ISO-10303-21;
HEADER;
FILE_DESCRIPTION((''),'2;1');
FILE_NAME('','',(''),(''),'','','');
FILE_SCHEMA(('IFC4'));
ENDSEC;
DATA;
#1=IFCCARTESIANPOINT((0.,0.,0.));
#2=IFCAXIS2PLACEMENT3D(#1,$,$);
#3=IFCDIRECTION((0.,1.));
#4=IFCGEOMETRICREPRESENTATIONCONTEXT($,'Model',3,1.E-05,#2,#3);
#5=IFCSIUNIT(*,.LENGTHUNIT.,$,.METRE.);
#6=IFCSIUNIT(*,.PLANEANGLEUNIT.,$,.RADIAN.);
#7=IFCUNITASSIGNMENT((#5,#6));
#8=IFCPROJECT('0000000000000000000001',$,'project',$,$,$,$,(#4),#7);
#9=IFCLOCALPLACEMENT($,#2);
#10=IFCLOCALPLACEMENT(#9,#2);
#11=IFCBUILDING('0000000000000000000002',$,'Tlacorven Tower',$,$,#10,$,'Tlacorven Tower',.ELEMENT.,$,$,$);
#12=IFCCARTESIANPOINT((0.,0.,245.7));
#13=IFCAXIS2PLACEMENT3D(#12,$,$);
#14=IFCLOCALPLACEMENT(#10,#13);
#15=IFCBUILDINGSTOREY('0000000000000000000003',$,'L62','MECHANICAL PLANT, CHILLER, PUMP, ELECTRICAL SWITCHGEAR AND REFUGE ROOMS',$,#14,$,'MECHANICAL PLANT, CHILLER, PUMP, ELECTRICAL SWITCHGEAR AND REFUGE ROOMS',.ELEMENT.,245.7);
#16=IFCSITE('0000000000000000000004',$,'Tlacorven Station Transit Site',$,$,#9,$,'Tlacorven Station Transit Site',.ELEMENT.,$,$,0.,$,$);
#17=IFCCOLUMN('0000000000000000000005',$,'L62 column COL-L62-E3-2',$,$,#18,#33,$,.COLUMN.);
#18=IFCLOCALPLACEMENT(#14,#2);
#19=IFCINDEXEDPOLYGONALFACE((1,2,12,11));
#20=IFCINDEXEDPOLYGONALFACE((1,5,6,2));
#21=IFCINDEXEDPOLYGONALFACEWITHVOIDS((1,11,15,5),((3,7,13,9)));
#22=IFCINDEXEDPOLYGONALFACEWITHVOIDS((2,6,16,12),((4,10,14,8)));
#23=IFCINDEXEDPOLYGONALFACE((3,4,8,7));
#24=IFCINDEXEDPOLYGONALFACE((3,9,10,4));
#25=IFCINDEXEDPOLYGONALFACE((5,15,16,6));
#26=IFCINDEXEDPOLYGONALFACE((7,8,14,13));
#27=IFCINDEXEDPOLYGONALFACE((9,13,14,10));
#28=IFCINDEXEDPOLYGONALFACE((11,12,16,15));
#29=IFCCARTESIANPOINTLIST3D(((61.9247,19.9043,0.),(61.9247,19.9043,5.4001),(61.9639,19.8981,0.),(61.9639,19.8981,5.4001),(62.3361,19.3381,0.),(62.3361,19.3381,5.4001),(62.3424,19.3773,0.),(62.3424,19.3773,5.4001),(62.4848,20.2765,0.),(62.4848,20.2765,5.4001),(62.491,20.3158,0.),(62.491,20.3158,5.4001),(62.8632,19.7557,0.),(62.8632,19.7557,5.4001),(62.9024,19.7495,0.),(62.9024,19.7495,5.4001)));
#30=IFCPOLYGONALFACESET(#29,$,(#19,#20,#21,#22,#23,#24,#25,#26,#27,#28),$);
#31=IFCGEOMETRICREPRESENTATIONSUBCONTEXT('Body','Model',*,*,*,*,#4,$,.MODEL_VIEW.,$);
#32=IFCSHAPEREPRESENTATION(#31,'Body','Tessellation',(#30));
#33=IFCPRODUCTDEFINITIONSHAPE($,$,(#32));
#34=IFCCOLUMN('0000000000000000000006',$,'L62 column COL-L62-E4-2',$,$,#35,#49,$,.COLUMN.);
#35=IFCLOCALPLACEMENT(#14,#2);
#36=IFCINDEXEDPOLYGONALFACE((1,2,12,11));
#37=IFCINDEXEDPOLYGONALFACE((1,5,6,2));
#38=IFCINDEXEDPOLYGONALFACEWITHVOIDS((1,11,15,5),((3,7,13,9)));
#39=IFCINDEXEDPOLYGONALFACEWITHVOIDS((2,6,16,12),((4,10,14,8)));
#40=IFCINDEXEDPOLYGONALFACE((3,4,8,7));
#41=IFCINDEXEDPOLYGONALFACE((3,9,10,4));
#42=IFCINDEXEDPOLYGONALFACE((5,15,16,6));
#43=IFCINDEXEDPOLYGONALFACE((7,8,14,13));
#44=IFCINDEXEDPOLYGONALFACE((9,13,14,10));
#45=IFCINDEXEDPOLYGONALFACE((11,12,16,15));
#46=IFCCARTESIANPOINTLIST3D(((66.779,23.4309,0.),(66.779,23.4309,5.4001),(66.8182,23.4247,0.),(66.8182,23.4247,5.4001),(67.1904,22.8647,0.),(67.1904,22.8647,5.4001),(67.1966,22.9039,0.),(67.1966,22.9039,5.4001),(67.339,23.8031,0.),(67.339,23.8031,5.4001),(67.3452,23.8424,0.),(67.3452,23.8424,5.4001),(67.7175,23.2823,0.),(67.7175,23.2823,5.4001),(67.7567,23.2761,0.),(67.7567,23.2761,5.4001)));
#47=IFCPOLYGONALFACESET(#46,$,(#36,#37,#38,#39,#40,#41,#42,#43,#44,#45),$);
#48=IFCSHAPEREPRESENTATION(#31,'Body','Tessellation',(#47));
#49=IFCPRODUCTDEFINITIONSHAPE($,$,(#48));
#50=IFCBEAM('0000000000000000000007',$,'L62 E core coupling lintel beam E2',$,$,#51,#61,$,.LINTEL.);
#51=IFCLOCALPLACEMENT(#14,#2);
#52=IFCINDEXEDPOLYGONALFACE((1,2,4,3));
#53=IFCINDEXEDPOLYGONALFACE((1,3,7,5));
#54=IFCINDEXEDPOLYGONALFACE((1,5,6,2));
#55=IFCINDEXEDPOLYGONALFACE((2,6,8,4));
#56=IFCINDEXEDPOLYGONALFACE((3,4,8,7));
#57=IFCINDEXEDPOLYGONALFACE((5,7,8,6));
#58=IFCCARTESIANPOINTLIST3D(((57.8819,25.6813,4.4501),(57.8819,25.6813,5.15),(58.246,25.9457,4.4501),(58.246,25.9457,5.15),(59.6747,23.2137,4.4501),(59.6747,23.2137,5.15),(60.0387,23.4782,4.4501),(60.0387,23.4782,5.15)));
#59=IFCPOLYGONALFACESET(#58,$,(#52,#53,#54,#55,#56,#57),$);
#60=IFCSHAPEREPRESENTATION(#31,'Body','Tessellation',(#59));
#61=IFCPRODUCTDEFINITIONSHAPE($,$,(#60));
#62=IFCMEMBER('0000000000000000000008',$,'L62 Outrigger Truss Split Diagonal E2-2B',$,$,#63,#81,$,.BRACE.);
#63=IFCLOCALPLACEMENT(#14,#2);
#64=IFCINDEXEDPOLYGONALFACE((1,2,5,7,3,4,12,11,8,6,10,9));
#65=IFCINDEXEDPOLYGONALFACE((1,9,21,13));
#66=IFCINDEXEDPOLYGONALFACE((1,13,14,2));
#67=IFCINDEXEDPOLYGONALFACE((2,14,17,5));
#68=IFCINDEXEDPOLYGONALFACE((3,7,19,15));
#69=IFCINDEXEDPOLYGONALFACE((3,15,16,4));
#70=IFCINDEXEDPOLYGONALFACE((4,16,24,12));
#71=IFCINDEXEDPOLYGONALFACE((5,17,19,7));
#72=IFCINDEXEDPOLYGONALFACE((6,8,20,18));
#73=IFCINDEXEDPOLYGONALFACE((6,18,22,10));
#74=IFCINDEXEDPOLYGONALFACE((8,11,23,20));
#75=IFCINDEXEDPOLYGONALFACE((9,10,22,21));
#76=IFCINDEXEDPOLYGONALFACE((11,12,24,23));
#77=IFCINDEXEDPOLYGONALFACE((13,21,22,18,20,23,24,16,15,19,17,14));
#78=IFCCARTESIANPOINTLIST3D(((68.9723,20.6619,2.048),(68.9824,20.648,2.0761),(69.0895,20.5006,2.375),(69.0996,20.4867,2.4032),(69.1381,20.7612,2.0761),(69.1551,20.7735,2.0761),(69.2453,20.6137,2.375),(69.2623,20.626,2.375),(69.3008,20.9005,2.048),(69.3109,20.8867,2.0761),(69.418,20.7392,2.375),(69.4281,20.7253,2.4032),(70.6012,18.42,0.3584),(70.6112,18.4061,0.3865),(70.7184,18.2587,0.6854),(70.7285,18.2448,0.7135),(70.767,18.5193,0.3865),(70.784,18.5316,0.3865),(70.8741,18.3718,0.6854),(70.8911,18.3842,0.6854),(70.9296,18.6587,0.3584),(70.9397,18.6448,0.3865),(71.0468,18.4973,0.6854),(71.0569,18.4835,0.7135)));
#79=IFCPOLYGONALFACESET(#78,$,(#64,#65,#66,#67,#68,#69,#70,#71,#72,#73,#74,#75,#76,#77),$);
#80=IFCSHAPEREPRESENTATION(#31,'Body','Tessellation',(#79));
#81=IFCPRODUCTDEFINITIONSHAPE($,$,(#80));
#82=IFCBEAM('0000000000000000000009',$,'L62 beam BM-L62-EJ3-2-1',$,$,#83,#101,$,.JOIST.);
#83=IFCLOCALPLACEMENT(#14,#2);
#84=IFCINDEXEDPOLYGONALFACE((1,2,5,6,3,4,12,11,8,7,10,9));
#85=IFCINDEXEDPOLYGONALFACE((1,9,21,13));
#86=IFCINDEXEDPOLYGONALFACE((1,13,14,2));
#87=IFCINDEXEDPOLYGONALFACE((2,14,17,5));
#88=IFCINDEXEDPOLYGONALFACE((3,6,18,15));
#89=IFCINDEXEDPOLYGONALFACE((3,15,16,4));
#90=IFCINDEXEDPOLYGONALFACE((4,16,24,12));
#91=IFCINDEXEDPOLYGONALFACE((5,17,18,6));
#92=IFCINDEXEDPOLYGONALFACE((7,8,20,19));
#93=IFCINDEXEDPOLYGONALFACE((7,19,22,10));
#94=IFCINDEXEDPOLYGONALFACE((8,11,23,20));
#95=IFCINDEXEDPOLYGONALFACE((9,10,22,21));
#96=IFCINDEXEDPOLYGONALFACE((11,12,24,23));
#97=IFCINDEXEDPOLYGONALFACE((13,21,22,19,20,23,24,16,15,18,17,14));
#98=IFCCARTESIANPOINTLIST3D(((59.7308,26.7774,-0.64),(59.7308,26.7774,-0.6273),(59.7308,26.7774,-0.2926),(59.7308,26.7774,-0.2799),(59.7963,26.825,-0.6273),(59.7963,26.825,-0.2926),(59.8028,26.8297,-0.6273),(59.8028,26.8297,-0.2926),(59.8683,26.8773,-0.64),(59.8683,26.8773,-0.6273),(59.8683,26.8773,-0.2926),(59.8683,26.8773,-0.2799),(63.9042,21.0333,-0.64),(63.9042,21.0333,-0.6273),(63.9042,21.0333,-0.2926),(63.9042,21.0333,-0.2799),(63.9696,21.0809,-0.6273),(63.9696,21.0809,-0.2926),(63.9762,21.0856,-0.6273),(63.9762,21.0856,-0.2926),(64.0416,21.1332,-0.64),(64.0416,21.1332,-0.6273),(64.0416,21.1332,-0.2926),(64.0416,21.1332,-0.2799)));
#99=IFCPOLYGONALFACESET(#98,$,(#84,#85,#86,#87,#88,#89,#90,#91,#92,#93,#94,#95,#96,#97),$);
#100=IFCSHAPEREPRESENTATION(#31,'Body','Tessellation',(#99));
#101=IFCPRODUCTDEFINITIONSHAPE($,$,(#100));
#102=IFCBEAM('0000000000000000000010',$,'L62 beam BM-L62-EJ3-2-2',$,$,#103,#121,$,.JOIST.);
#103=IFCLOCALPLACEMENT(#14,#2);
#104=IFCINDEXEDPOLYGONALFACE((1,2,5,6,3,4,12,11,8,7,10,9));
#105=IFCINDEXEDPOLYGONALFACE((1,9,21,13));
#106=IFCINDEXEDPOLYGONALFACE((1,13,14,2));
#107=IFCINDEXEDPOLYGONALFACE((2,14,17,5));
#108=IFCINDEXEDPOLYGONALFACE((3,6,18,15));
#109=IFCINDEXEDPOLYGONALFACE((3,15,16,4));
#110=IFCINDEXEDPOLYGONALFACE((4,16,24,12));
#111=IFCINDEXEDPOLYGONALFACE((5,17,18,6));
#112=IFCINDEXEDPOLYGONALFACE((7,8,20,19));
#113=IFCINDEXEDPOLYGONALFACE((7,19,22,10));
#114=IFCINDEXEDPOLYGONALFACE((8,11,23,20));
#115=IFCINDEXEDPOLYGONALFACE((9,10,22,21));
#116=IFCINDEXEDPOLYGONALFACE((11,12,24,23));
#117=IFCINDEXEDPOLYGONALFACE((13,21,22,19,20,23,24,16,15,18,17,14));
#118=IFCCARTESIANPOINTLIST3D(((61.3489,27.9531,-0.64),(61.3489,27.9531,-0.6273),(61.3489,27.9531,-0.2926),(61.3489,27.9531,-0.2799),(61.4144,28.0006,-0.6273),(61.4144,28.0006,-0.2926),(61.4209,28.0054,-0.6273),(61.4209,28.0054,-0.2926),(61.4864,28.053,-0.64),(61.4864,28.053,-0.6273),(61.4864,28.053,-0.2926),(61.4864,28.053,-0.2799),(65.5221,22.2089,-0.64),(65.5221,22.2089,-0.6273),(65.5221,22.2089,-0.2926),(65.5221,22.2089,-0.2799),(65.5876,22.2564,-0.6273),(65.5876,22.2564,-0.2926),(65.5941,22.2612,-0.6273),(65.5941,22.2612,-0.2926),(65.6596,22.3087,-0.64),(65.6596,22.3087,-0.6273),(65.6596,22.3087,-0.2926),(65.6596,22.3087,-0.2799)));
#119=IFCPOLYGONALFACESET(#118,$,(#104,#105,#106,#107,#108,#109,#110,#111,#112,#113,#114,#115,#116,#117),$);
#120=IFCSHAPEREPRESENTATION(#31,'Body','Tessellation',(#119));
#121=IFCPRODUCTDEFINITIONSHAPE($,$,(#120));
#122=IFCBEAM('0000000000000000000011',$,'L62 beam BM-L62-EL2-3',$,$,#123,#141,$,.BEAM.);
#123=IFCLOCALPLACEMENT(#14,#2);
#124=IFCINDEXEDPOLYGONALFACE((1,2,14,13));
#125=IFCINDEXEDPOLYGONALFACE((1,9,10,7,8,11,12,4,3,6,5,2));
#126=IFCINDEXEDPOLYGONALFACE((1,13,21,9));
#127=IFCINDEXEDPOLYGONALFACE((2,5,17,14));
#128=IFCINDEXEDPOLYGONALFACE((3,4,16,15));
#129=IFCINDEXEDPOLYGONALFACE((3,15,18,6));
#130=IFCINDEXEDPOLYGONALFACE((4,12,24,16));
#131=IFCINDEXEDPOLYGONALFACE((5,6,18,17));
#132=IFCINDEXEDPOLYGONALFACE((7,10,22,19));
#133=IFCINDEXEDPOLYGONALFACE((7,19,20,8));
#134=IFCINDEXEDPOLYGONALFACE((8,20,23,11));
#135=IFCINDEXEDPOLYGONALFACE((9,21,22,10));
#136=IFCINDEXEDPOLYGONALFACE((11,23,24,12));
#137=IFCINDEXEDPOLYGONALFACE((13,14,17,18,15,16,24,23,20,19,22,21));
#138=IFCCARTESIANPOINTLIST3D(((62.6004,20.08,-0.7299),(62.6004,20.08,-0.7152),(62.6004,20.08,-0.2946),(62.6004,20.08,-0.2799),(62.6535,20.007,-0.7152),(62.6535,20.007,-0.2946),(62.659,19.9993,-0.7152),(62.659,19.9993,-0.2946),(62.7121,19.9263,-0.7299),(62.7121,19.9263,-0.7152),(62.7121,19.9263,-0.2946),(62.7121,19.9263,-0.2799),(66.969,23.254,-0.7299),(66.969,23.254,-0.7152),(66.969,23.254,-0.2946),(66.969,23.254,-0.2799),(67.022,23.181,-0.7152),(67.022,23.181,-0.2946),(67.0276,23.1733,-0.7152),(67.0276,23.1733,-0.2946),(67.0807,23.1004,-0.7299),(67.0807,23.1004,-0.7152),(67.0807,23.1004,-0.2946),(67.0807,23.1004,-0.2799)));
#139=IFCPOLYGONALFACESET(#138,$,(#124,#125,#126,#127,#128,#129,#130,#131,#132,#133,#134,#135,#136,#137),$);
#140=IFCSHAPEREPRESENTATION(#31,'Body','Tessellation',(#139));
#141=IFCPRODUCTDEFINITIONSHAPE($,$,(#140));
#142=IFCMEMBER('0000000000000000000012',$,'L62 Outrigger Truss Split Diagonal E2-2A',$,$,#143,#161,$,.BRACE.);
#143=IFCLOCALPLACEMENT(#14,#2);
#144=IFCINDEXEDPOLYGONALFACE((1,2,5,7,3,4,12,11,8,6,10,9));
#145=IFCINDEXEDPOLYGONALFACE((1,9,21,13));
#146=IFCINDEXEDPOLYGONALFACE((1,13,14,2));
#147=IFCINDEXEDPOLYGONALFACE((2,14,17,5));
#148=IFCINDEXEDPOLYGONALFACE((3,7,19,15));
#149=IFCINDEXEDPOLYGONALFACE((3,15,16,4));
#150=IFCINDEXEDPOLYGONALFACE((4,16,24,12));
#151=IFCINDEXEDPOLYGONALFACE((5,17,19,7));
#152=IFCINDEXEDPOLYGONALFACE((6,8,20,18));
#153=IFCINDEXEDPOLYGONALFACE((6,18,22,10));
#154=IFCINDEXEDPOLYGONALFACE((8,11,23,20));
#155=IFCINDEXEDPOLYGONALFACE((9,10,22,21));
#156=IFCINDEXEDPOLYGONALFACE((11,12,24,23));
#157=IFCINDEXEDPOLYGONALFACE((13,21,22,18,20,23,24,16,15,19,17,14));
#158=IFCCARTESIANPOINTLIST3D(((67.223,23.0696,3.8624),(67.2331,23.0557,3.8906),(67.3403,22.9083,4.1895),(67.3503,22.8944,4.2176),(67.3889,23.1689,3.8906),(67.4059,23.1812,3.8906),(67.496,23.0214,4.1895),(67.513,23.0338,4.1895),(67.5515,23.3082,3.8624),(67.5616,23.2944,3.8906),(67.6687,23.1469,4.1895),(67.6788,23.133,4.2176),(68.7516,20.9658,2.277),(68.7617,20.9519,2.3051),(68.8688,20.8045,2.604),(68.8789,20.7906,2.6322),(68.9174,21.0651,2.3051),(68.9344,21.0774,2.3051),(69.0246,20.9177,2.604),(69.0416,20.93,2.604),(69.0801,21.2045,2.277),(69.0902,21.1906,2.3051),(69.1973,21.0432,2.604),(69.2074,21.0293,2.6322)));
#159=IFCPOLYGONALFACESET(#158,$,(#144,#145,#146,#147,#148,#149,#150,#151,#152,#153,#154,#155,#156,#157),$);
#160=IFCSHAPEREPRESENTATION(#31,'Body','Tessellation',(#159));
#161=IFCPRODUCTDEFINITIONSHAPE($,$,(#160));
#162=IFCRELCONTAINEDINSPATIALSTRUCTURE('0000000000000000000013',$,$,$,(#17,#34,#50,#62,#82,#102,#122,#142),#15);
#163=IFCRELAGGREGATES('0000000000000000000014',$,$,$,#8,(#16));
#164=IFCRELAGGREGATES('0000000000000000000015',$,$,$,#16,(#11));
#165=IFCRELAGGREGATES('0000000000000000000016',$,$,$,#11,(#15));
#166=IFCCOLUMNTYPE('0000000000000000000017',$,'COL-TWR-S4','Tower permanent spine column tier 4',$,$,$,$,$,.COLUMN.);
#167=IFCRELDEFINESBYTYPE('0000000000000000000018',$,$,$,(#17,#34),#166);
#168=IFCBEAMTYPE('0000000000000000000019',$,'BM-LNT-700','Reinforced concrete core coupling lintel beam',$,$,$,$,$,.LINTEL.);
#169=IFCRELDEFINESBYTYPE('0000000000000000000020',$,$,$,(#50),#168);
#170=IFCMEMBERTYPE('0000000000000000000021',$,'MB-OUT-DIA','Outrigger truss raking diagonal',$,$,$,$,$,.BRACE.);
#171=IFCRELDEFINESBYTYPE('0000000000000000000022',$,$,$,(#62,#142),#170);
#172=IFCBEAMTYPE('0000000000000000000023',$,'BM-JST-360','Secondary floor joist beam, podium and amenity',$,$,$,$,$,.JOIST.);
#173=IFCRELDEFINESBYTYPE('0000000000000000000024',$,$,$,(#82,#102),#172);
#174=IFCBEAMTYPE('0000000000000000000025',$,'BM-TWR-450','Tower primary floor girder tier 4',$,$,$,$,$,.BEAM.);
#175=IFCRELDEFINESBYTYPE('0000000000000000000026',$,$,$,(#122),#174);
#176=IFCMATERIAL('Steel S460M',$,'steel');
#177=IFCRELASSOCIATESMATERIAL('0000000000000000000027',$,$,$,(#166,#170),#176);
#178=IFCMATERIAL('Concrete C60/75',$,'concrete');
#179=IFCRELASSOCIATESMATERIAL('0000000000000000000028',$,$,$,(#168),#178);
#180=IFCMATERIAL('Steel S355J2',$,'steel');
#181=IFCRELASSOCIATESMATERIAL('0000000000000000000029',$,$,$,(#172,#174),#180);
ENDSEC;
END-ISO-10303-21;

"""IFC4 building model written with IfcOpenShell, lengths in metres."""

from ifc_helpers import new_model, si_unit, direction, frame, origin, origin_2d, place, context, subcontext, project, spatial, rectangle, hollow_rectangle, i_section, extrude, source, transform, mapped, material, material_profile, profile_set, type_object, element, save


model = new_model("IFC4")

# Units and contexts
model_context = context("Model", 3, precision=1e-05, world=origin(), true_north=direction((0.0, 1.0)))
body_context = subcontext(model_context, "Body", "Model", "MODEL_VIEW")
ifc_project = project(units=[si_unit("LENGTHUNIT", "METRE"), si_unit("PLANEANGLEUNIT", "RADIAN")], contexts=[model_context])

# Site, building, storey
site_placement = place(None, origin())
site = spatial("IfcSite", under=ifc_project, at=site_placement, Name="Tlacorven Station Transit Site", LongName="Tlacorven Station Transit Site", CompositionType="ELEMENT", RefElevation=0.0)
building_placement = place(site_placement, origin())
building = spatial("IfcBuilding", under=site, at=building_placement, Name="Tlacorven Tower", LongName="Tlacorven Tower", CompositionType="ELEMENT")
storey_placement = place(building_placement, frame((0.0, 0.0, 245.7)))
storey = spatial("IfcBuildingStorey", under=building, at=storey_placement, Name="L62", Description="MECHANICAL PLANT, CHILLER, PUMP, ELECTRICAL SWITCHGEAR AND REFUGE ROOMS", LongName="MECHANICAL PLANT, CHILLER, PUMP, ELECTRICAL SWITCHGEAR AND REFUGE ROOMS", CompositionType="ELEMENT", Elevation=245.7)

# Columns
ifc_material_1 = material(Name="Steel S460M", Category="steel")
ifc_material_profile_1 = material_profile(ifc_material_1, hollow_rectangle(XDim=0.7, YDim=0.7, WallThickness=0.0281, at=origin_2d()), Name="BOX 700X700X28")
ifc_profile_set_1 = profile_set([ifc_material_profile_1], Name="Steel S460M")
column_type = type_object("IfcColumnType", Name="COL-TWR-S4", Description="Tower permanent spine column tier 4", PredefinedType="COLUMN", material=ifc_profile_set_1)
shared_shape_1 = source(origin(), body_context, "Body", "SweptSolid", [
    extrude(hollow_rectangle(XDim=0.7, YDim=0.7, WallThickness=0.0281, at=origin_2d()), origin(), (0.0, 0.0, 1.0), 5.4001),
])
for number, where, z_axis, x_axis, name in (
    (1, (62.4136, 19.8269, 0.0), (0.0, 0.0, 1.0), (0.809017, 0.587785, 0.0), "L62 column COL-L62-E3-2"),
    (2, (67.2678, 23.3535, 0.0), (0.0, 0.0, 1.0), (0.809017, 0.587785, 0.0), "L62 column COL-L62-E4-2"),
):
    element("IfcColumn", number, at=place(storey_placement, frame(where, z_axis=z_axis, x_axis=x_axis)), inside=storey, type_object=column_type, Name=name, PredefinedType="COLUMN", context=body_context, shape_type="MappedRepresentation", body=[
        mapped(shared_shape_1, transform((0.0, 0.0, 0.0), scale=1.0)),
    ])

# Beam
ifc_material_2 = material(Name="Concrete C60/75", Category="concrete")
ifc_material_profile_2 = material_profile(ifc_material_2, rectangle(XDim=0.45, YDim=0.7, at=origin_2d()), Name="RC 450X700")
ifc_profile_set_2 = profile_set([ifc_material_profile_2], Name="Concrete C60/75")
beam_type_1 = type_object("IfcBeamType", Name="BM-LNT-700", Description="Reinforced concrete core coupling lintel beam", PredefinedType="LINTEL", material=ifc_profile_set_2)
shared_shape_2 = source(origin(), body_context, "Body", "SweptSolid", [
    extrude(rectangle(XDim=0.45, YDim=0.7, at=origin_2d()), origin(), (0.0, 0.0, 1.0), 3.05),
])
beam_1_placement = place(storey_placement, frame((59.8567, 23.3459, 4.8), z_axis=(-0.587777, 0.809023, 0.0), x_axis=(-0.809023, -0.587777, 0.0)))
element("IfcBeam", 3, at=beam_1_placement, inside=storey, type_object=beam_type_1, Name="L62 E core coupling lintel beam E2", PredefinedType="LINTEL", context=body_context, shape_type="MappedRepresentation", body=[
    mapped(shared_shape_2, transform((0.0, 0.0, 0.0), scale=1.0)),
])

# Member
ifc_material_profile_3 = material_profile(ifc_material_1, i_section(OverallWidth=0.406, OverallDepth=0.416, WebThickness=0.021, FlangeThickness=0.033, at=origin_2d()), Name="HD 400X382")
ifc_profile_set_3 = profile_set([ifc_material_profile_3], Name="Steel S460M")
member_type_1 = type_object("IfcMemberType", Name="MB-OUT-DIA", Description="Outrigger truss raking diagonal", PredefinedType="BRACE", material=ifc_profile_set_3)
shared_shape_3 = source(origin(), body_context, "Body", "SweptSolid", [
    extrude(i_section(OverallWidth=0.406, OverallDepth=0.416, WebThickness=0.021, FlangeThickness=0.033, at=origin_2d()), origin(), (0.0, 0.0, 1.0), 3.2456),
])
member_1_placement = place(storey_placement, frame((69.2002, 20.6936, 2.2256), z_axis=(0.501862, -0.690738, -0.520592), x_axis=(0.80901, 0.587794, 0.0)))
element("IfcMember", 4, at=member_1_placement, inside=storey, type_object=member_type_1, Name="L62 Outrigger Truss Split Diagonal E2-2B", PredefinedType="BRACE", context=body_context, shape_type="MappedRepresentation", body=[
    mapped(shared_shape_3, transform((0.0, 0.0, 0.0), scale=1.0)),
])

# Beams
ifc_material_3 = material(Name="Steel S355J2", Category="steel")
ifc_material_profile_4 = material_profile(ifc_material_3, i_section(OverallWidth=0.1699, OverallDepth=0.3601, WebThickness=0.0081, FlangeThickness=0.0127, at=origin_2d()), Name="IPE 360")
ifc_profile_set_4 = profile_set([ifc_material_profile_4], Name="Steel S355J2")
beam_type_2 = type_object("IfcBeamType", Name="BM-JST-360", Description="Secondary floor joist beam, podium and amenity", PredefinedType="JOIST", material=ifc_profile_set_4)
shared_shape_4 = source(origin(), body_context, "Body", "SweptSolid", [
    extrude(i_section(OverallWidth=0.1699, OverallDepth=0.3601, WebThickness=0.0081, FlangeThickness=0.0127, at=origin_2d()), origin(), (0.0, 0.0, 1.0), 7.1001),
])
for number, where, z_axis, x_axis, name in (
    (5, (63.9729, 21.0833, -0.46), (-0.587783, 0.809019, 0.0), (-0.809019, -0.587783, 0.0), "L62 beam BM-L62-EJ3-2-1"),
    (6, (65.5908, 22.2588, -0.46), (-0.587761, 0.809035, 0.0), (-0.809035, -0.587761, 0.0), "L62 beam BM-L62-EJ3-2-2"),
):
    element("IfcBeam", number, at=place(storey_placement, frame(where, z_axis=z_axis, x_axis=x_axis)), inside=storey, type_object=beam_type_2, Name=name, PredefinedType="JOIST", context=body_context, shape_type="MappedRepresentation", body=[
        mapped(shared_shape_4, transform((0.0, 0.0, 0.0), scale=1.0)),
    ])
ifc_material_profile_5 = material_profile(ifc_material_3, i_section(OverallWidth=0.1899, OverallDepth=0.45, WebThickness=0.0095, FlangeThickness=0.0146, at=origin_2d()), Name="IPE 450")
ifc_profile_set_5 = profile_set([ifc_material_profile_5], Name="Steel S355J2")
beam_type_3 = type_object("IfcBeamType", Name="BM-TWR-450", Description="Tower primary floor girder tier 4", PredefinedType="BEAM", material=ifc_profile_set_5)
shared_shape_5 = source(origin(), body_context, "Body", "SweptSolid", [
    extrude(i_section(OverallWidth=0.1899, OverallDepth=0.45, WebThickness=0.0095, FlangeThickness=0.0146, at=origin_2d()), origin(), (0.0, 0.0, 1.0), 5.3999),
])
beam_2_placement = place(storey_placement, frame((62.6562, 20.0032, -0.5049), z_axis=(0.809012, 0.587793, 0.0), x_axis=(-0.587793, 0.809012, 0.0)))
element("IfcBeam", 7, at=beam_2_placement, inside=storey, type_object=beam_type_3, Name="L62 beam BM-L62-EL2-3", PredefinedType="BEAM", context=body_context, shape_type="MappedRepresentation", body=[
    mapped(shared_shape_5, transform((0.0, 0.0, 0.0), scale=1.0)),
])

# Member
shared_shape_6 = source(origin(), body_context, "Body", "SweptSolid", [
    extrude(i_section(OverallWidth=0.406, OverallDepth=0.416, WebThickness=0.021, FlangeThickness=0.033, at=origin_2d()), origin(), (0.0, 0.0, 1.0), 3.0457),
])
member_2_placement = place(storey_placement, frame((67.4509, 23.1013, 4.04), z_axis=(0.501885, -0.690743, -0.520562), x_axis=(0.809, 0.587809, 0.0)))
element("IfcMember", 8, at=member_2_placement, inside=storey, type_object=member_type_1, Name="L62 Outrigger Truss Split Diagonal E2-2A", PredefinedType="BRACE", context=body_context, shape_type="MappedRepresentation", body=[
    mapped(shared_shape_6, transform((0.0, 0.0, 0.0), scale=1.0)),
])

save(model, "model.ifc")
